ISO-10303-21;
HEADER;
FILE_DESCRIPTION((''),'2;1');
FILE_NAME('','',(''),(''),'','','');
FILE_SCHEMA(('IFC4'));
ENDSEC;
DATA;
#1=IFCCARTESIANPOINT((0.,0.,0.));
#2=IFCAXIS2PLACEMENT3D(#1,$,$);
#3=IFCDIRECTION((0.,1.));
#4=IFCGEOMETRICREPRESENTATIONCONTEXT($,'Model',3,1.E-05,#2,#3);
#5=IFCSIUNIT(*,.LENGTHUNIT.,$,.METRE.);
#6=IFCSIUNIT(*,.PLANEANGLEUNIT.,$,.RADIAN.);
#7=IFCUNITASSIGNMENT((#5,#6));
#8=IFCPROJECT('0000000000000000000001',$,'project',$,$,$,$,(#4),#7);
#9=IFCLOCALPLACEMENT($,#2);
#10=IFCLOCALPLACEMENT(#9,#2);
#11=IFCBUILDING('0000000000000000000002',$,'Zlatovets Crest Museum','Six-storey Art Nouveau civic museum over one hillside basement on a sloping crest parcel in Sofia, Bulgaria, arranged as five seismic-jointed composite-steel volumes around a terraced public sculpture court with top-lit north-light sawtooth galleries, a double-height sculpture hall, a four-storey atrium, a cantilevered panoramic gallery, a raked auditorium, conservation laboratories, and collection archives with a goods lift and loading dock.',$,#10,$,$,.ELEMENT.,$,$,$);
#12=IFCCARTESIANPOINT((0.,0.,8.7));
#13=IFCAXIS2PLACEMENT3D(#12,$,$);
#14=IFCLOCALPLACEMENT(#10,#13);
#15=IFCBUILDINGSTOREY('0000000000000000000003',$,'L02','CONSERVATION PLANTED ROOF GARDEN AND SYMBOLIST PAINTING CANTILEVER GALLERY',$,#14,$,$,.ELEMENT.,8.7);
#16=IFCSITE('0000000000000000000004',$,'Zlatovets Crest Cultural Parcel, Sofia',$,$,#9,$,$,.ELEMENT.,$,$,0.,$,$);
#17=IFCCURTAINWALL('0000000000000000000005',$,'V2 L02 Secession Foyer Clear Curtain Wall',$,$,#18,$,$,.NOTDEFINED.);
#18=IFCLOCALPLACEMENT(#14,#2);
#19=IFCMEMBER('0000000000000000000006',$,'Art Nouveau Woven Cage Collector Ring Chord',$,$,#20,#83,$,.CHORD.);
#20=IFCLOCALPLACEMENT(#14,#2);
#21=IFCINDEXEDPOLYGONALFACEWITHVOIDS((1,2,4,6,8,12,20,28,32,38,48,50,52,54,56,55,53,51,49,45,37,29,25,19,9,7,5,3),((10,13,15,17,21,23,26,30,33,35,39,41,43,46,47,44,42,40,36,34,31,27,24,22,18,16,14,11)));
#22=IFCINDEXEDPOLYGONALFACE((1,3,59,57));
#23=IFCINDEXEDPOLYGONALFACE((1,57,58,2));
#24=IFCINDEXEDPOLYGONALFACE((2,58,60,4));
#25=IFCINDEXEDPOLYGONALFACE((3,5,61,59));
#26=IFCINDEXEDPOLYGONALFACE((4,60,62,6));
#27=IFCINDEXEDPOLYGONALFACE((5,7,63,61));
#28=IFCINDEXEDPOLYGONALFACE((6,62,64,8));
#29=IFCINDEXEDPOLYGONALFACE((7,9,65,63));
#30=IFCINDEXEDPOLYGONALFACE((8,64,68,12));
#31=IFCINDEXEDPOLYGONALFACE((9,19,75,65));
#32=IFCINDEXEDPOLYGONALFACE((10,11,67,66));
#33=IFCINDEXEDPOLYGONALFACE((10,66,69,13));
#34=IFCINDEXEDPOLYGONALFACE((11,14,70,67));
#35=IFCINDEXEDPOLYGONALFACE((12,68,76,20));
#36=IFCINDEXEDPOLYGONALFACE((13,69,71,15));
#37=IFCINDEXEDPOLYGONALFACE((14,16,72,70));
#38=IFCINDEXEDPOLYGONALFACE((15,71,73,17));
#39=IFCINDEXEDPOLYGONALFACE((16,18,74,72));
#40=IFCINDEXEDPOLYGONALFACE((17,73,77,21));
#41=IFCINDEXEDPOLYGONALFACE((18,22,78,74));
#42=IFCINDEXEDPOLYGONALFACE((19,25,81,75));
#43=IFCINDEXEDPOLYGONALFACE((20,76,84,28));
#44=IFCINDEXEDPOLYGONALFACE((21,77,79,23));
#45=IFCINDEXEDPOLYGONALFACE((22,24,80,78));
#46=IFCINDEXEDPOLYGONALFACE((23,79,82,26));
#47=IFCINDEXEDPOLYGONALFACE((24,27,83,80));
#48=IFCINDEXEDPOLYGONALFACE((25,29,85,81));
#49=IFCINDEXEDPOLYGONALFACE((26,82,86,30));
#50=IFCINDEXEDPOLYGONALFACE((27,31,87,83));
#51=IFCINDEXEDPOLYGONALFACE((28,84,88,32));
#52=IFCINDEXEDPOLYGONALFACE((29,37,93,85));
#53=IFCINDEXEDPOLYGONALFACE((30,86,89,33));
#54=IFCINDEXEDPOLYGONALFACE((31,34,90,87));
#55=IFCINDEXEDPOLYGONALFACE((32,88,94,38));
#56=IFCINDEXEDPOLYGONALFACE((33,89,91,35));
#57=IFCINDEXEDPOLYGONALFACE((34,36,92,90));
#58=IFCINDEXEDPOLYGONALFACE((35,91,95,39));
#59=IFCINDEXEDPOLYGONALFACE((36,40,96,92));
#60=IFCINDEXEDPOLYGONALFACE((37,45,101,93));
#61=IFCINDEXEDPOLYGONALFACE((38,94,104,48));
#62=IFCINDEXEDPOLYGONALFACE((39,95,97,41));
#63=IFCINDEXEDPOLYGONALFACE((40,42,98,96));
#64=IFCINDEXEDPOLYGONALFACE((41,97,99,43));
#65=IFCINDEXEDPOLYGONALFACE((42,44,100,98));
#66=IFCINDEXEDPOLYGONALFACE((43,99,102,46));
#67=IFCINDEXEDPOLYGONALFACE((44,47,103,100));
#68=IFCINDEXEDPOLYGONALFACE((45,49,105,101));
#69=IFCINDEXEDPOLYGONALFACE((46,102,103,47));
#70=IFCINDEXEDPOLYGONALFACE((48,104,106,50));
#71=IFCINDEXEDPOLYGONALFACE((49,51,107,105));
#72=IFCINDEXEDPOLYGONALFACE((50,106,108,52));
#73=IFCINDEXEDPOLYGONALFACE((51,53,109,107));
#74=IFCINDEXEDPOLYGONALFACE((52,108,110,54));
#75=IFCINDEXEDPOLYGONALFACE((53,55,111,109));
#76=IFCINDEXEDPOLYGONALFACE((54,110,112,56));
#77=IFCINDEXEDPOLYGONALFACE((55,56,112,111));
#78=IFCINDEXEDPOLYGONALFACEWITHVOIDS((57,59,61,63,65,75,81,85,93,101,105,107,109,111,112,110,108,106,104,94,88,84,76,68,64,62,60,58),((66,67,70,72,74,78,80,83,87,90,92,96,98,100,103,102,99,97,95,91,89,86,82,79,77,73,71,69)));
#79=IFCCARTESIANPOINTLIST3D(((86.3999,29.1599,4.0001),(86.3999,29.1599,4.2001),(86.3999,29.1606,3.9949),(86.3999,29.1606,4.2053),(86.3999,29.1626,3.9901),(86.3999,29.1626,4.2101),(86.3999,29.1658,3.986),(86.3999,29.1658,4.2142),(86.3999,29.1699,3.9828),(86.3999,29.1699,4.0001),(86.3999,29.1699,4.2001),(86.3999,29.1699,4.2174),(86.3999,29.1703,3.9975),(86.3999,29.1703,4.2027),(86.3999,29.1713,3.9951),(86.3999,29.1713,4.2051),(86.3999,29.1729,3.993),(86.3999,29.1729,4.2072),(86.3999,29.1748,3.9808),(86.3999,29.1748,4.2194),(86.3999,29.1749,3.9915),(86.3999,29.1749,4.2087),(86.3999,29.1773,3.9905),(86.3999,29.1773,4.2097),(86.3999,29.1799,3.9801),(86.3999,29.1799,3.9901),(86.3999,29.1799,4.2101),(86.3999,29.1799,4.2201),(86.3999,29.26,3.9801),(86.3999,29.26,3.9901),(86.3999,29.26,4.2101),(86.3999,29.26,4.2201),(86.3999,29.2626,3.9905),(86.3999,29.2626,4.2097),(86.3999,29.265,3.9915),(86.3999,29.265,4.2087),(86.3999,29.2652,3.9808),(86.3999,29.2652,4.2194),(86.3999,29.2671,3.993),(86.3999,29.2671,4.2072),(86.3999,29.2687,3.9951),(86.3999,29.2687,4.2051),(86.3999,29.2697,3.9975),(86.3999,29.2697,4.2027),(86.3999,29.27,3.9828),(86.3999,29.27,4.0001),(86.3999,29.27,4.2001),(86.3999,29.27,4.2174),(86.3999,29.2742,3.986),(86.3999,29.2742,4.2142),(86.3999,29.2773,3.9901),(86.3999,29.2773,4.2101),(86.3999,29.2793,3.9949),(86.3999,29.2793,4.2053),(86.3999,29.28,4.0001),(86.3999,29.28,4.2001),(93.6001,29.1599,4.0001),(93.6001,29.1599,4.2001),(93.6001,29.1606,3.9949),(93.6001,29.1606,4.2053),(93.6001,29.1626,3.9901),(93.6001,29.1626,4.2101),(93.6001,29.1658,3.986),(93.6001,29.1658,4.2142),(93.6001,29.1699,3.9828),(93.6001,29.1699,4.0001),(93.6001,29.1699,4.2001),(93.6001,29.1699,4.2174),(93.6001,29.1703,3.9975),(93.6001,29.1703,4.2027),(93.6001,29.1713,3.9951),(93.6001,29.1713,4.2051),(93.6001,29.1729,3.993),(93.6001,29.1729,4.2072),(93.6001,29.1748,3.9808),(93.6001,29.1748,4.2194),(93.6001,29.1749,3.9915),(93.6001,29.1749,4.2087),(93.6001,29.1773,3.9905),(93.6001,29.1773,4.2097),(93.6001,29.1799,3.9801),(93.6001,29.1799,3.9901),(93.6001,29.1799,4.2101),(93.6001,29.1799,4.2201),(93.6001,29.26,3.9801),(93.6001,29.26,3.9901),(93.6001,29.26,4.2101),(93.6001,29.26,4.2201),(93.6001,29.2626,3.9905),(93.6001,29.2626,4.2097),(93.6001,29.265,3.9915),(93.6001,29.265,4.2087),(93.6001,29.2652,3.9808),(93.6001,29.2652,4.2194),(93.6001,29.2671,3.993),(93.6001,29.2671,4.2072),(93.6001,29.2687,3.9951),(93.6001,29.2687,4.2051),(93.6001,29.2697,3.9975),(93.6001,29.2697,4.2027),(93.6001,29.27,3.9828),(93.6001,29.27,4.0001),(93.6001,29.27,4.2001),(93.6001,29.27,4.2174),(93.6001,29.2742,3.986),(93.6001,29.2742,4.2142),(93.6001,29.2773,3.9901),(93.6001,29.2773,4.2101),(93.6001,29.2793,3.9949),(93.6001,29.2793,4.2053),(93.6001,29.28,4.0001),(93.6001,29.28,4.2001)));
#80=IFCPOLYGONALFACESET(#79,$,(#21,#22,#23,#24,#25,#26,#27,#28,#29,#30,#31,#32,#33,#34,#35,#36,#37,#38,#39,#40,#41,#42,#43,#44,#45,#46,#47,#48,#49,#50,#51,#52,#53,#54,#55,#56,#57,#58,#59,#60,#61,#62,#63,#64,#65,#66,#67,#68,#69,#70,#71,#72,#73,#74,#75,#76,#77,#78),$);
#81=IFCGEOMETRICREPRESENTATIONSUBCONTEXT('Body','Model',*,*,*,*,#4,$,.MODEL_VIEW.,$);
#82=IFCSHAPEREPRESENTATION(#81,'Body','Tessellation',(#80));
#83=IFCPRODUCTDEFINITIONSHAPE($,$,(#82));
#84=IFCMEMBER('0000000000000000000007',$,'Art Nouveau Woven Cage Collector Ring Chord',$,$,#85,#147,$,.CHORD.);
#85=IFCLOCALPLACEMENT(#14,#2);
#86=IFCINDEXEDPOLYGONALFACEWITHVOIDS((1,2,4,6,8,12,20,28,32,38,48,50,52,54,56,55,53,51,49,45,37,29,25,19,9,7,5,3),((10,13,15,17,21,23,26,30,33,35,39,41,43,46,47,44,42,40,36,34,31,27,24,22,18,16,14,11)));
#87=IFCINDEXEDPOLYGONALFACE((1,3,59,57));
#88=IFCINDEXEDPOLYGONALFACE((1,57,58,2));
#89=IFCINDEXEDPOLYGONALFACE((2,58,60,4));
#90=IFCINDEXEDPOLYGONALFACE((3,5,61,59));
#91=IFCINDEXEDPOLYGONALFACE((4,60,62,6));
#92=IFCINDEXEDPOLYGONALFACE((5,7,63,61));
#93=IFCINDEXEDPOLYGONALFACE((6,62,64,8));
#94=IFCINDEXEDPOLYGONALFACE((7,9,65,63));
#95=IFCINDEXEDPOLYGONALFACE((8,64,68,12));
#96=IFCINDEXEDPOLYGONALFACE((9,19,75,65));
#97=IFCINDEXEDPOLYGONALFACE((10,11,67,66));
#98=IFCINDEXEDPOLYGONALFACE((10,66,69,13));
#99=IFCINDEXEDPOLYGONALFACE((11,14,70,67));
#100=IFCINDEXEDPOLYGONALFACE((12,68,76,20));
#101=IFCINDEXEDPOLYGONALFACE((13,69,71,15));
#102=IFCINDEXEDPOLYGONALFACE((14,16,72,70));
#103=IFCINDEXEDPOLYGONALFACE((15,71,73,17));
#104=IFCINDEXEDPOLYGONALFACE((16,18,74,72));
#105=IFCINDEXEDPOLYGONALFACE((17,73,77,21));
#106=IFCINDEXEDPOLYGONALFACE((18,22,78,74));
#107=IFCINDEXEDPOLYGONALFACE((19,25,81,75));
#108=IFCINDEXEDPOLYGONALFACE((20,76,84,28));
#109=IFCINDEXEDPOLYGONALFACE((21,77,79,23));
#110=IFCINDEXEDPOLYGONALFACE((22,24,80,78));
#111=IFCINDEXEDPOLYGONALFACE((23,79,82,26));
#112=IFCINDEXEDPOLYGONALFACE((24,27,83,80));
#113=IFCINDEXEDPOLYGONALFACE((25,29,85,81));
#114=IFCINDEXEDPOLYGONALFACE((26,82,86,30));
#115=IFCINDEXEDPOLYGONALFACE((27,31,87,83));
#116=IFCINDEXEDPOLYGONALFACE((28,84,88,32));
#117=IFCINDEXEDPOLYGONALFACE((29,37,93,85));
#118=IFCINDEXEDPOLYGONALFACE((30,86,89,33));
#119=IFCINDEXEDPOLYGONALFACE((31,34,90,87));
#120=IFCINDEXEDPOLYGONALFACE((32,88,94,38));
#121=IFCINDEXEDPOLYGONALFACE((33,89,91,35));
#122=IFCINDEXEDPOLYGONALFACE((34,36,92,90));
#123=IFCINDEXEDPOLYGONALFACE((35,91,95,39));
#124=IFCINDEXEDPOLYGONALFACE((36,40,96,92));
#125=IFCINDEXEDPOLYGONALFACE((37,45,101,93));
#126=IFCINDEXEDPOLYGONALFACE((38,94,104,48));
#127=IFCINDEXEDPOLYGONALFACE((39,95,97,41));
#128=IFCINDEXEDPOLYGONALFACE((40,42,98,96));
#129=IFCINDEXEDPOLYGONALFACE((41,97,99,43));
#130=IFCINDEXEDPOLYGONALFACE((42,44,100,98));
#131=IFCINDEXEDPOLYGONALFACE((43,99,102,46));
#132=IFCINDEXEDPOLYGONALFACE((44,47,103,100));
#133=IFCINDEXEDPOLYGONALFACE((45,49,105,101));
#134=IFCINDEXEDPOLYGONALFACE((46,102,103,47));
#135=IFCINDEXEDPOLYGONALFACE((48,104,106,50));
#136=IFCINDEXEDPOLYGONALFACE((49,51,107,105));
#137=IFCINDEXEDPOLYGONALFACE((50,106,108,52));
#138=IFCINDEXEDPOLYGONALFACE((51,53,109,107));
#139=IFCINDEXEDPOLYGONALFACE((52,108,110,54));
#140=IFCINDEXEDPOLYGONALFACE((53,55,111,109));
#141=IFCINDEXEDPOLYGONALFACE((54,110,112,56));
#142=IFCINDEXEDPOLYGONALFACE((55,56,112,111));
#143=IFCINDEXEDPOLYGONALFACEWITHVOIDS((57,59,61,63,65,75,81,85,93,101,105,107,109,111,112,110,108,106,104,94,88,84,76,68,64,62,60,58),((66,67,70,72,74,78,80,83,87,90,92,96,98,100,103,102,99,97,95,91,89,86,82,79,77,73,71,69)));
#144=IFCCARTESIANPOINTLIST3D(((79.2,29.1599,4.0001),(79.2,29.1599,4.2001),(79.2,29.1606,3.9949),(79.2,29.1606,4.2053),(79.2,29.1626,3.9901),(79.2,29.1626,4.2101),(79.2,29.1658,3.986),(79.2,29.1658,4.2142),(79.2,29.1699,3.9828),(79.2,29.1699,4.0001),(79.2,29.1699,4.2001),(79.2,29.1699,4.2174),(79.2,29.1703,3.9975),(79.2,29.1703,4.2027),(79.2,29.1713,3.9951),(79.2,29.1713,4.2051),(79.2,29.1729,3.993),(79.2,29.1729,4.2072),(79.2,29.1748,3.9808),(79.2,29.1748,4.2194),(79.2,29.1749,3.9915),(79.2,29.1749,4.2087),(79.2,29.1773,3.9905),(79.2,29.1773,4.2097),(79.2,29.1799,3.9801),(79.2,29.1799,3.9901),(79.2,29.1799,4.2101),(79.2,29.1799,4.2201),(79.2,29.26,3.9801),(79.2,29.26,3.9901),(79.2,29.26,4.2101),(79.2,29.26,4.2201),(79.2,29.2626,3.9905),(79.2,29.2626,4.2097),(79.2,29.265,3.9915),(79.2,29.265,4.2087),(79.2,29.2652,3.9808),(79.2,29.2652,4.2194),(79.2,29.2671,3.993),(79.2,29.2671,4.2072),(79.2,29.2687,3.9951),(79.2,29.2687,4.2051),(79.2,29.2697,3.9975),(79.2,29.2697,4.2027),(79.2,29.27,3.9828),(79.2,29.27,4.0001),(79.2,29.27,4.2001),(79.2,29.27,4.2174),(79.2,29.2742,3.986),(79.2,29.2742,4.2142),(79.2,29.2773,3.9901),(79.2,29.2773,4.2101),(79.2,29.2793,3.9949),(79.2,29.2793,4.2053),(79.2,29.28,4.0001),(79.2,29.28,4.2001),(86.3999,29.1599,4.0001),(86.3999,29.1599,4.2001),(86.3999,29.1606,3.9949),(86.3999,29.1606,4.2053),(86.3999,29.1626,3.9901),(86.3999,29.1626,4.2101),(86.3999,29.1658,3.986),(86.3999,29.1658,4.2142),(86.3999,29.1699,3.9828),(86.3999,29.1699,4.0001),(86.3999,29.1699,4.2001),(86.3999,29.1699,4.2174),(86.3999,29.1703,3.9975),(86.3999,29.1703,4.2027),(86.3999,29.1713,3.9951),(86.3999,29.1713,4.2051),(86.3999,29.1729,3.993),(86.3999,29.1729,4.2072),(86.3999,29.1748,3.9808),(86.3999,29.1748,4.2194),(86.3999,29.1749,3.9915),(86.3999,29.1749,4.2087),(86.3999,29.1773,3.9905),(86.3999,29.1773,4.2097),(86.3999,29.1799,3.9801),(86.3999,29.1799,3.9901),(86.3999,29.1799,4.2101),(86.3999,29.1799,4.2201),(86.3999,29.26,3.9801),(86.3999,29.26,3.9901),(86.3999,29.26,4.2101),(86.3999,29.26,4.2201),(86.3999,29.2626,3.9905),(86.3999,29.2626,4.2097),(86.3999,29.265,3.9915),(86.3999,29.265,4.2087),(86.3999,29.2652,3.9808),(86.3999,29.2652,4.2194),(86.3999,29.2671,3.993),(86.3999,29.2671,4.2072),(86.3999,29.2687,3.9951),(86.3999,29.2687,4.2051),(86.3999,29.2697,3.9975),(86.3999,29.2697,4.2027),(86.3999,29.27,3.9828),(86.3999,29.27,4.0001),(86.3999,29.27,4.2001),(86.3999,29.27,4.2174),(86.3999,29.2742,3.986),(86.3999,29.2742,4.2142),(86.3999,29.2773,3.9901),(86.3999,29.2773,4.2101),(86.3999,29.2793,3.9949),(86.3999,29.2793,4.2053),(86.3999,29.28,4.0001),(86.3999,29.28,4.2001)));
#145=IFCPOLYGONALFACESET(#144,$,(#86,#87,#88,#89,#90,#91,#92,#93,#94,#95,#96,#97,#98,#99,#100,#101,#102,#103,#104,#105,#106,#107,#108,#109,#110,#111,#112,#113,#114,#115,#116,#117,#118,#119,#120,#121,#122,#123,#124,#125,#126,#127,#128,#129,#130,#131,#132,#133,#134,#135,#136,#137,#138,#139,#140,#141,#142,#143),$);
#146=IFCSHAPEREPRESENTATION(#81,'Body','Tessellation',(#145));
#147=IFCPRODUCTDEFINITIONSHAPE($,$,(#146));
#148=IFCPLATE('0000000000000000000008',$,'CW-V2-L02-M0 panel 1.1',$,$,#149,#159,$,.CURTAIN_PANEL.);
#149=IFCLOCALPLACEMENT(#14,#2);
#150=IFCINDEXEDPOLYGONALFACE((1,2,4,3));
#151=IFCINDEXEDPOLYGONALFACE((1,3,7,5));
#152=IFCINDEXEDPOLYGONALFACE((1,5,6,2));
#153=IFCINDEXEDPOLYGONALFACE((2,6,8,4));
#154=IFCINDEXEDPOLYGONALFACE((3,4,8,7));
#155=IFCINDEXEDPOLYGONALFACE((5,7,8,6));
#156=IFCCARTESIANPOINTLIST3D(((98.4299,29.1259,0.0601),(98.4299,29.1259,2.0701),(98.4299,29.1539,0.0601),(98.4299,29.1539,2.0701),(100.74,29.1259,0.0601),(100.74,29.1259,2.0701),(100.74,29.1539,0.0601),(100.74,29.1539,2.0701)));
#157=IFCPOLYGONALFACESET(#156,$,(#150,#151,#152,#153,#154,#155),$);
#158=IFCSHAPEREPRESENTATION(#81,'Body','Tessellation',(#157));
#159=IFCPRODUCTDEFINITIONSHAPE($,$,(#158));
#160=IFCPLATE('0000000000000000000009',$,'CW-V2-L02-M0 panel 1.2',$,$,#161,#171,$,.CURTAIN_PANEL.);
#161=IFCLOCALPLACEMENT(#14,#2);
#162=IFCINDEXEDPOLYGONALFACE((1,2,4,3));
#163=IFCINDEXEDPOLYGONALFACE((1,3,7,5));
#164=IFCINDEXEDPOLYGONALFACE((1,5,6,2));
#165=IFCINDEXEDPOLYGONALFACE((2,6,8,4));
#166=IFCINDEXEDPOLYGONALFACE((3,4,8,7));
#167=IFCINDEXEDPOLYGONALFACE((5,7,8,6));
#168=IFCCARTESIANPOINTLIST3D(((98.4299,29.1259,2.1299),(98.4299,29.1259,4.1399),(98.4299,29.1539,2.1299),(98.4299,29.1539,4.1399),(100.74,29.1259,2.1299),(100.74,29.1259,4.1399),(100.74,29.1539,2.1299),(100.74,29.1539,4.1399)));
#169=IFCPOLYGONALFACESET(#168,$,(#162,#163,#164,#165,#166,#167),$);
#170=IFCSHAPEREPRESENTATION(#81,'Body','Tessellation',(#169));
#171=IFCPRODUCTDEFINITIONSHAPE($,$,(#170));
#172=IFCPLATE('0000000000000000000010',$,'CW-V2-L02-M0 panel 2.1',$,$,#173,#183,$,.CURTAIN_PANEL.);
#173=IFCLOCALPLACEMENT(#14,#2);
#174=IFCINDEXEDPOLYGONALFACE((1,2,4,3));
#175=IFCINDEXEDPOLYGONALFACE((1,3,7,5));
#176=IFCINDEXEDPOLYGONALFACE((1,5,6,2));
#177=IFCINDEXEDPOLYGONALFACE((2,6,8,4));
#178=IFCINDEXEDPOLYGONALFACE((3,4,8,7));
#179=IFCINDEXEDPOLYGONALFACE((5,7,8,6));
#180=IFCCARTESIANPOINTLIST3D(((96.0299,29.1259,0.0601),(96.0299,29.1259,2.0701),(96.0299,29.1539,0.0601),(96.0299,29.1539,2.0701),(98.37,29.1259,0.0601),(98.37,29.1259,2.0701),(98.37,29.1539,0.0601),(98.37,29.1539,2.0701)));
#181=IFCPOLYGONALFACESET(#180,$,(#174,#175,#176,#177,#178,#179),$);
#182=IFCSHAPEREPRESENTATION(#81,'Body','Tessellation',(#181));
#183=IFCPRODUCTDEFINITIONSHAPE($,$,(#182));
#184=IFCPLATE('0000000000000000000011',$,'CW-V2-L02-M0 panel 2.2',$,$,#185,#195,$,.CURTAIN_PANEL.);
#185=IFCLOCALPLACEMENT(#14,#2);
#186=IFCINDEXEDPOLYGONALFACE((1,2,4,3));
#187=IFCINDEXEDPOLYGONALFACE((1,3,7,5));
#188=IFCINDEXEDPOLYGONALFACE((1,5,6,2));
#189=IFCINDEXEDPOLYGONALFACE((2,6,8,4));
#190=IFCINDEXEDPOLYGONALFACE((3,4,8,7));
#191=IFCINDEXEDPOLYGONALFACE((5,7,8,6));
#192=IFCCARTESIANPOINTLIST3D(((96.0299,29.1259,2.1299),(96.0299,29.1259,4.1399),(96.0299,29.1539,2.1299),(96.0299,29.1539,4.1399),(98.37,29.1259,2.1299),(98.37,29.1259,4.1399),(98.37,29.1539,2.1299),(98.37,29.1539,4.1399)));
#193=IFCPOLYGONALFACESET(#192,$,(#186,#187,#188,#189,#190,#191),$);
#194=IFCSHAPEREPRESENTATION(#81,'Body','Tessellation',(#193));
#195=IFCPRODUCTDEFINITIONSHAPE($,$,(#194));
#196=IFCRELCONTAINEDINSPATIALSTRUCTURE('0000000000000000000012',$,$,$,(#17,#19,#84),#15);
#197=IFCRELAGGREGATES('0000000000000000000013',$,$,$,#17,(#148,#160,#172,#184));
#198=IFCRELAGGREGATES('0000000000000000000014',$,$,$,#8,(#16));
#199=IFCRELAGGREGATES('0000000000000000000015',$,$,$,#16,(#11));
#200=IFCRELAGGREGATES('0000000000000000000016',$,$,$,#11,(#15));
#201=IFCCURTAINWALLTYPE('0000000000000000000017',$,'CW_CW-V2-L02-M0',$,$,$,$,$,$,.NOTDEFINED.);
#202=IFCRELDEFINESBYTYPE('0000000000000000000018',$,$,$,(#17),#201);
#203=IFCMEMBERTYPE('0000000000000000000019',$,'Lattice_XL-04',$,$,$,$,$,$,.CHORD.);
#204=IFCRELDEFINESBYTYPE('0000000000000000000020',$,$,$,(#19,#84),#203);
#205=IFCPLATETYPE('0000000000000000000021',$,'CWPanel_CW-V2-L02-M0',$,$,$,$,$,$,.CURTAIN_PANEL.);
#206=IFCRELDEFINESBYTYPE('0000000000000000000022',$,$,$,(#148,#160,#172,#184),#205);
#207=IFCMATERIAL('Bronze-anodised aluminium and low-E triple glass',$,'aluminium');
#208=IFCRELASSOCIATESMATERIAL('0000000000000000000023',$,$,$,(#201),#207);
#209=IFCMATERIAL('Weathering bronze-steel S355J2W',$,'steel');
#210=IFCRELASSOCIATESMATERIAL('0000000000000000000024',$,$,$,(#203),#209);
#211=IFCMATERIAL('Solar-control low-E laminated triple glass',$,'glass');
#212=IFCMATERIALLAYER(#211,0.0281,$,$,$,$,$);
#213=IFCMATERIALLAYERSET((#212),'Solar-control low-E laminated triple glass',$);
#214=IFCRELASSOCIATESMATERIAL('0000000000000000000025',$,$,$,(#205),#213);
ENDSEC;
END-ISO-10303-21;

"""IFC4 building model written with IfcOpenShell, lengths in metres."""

from ifc_helpers import new_model, si_unit, direction, frame, origin, origin_2d, place, context, subcontext, project, spatial, rectangle, hollow_rectangle, extrude, material, layer, layer_set, material_profile, profile_set, type_object, element, aggregate, save


model = new_model("IFC4")

# Units and contexts
model_context = context("Model", 3, precision=1e-05, world=origin(), true_north=direction((0.0, 1.0)))
body_context = subcontext(model_context, "Body", "Model", "MODEL_VIEW")
ifc_project = project(units=[si_unit("LENGTHUNIT", "METRE"), si_unit("PLANEANGLEUNIT", "RADIAN")], contexts=[model_context])

# Site, building, storey
site_placement = place(None, origin())
site = spatial("IfcSite", under=ifc_project, at=site_placement, Name="Zlatovets Crest Cultural Parcel, Sofia", CompositionType="ELEMENT", RefElevation=0.0)
building_placement = place(site_placement, origin())
building = spatial("IfcBuilding", under=site, at=building_placement, Name="Zlatovets Crest Museum", Description="Six-storey Art Nouveau civic museum over one hillside basement on a sloping crest parcel in Sofia, Bulgaria, arranged as five seismic-jointed composite-steel volumes around a terraced public sculpture court with top-lit north-light sawtooth galleries, a double-height sculpture hall, a four-storey atrium, a cantilevered panoramic gallery, a raked auditorium, conservation laboratories, and collection archives with a goods lift and loading dock.", CompositionType="ELEMENT")
storey_placement = place(building_placement, frame((0.0, 0.0, 8.7)))
storey = spatial("IfcBuildingStorey", under=building, at=storey_placement, Name="L02", Description="CONSERVATION PLANTED ROOF GARDEN AND SYMBOLIST PAINTING CANTILEVER GALLERY", CompositionType="ELEMENT", Elevation=8.7)

# Curtain wall
ifc_material_1 = material(Name="Bronze-anodised aluminium and low-E triple glass", Category="aluminium")
curtain_wall_type_1 = type_object("IfcCurtainWallType", Name="CW_CW-V2-L02-M0", PredefinedType="NOTDEFINED", material=ifc_material_1)
curtain_wall_1_placement = place(storey_placement, origin())
curtain_wall_1 = element("IfcCurtainWall", 1, at=curtain_wall_1_placement, inside=storey, type_object=curtain_wall_type_1, Name="V2 L02 Secession Foyer Clear Curtain Wall", PredefinedType="NOTDEFINED")

# Members
ifc_material_2 = material(Name="Weathering bronze-steel S355J2W", Category="steel")
ifc_material_profile_1 = material_profile(ifc_material_2, hollow_rectangle(XDim=0.1201, YDim=0.24, WallThickness=0.01, InnerFilletRadius=0.01, OuterFilletRadius=0.02, at=origin_2d()), Name="RHS 120x240x10.0")
ifc_profile_set_1 = profile_set([ifc_material_profile_1], Name="Weathering bronze-steel S355J2W")
member_type_1 = type_object("IfcMemberType", Name="Lattice_XL-04", PredefinedType="CHORD", material=ifc_profile_set_1)
member_1_placement = place(storey_placement, frame((93.6001, 29.22, 4.1001), z_axis=(-1.0, 0.0, 0.0), x_axis=(0.0, -1.0, 0.0)))
element("IfcMember", 2, at=member_1_placement, inside=storey, type_object=member_type_1, Name="Art Nouveau Woven Cage Collector Ring Chord", PredefinedType="CHORD", context=body_context, shape_type="SweptSolid", body=[
    extrude(hollow_rectangle(XDim=0.1201, YDim=0.24, WallThickness=0.01, InnerFilletRadius=0.01, OuterFilletRadius=0.02, at=origin_2d()), origin(), (0.0, 0.0, 1.0), 7.2002),
])
member_2_placement = place(storey_placement, frame((86.3999, 29.22, 4.1001), z_axis=(-1.0, 0.0, 0.0), x_axis=(0.0, -1.0, 0.0)))
element("IfcMember", 3, at=member_2_placement, inside=storey, type_object=member_type_1, Name="Art Nouveau Woven Cage Collector Ring Chord", PredefinedType="CHORD", context=body_context, shape_type="SweptSolid", body=[
    extrude(hollow_rectangle(XDim=0.1201, YDim=0.24, WallThickness=0.01, InnerFilletRadius=0.01, OuterFilletRadius=0.02, at=origin_2d()), origin(), (0.0, 0.0, 1.0), 7.2),
])

# Plates
ifc_material_3 = material(Name="Solar-control low-E laminated triple glass", Category="glass")
ifc_layer_1 = layer(ifc_material_3, 0.0281)
ifc_layer_set_1 = layer_set([ifc_layer_1], Name="Solar-control low-E laminated triple glass")
plate_type_1 = type_object("IfcPlateType", Name="CWPanel_CW-V2-L02-M0", PredefinedType="CURTAIN_PANEL", material=ifc_layer_set_1)
plate_1_placement = place(storey_placement, frame((99.585, 29.1399, 0.0601), z_axis=(0.0, 0.0, 1.0), x_axis=(-1.0, 0.0, 0.0)))
plate_1 = element("IfcPlate", 4, at=plate_1_placement, type_object=plate_type_1, Name="CW-V2-L02-M0 panel 1.1", PredefinedType="CURTAIN_PANEL", context=body_context, shape_type="SweptSolid", body=[
    extrude(rectangle(XDim=2.3101, YDim=0.0281, at=origin_2d()), origin(), (0.0, 0.0, 1.0), 2.01),
])
plate_2_placement = place(storey_placement, frame((99.585, 29.1399, 2.1299), z_axis=(0.0, 0.0, 1.0), x_axis=(-1.0, 0.0, 0.0)))
plate_2 = element("IfcPlate", 5, at=plate_2_placement, type_object=plate_type_1, Name="CW-V2-L02-M0 panel 1.2", PredefinedType="CURTAIN_PANEL", context=body_context, shape_type="SweptSolid", body=[
    extrude(rectangle(XDim=2.3101, YDim=0.0281, at=origin_2d()), origin(), (0.0, 0.0, 1.0), 2.01),
])
plate_3_placement = place(storey_placement, frame((97.2, 29.1399, 0.0601), z_axis=(0.0, 0.0, 1.0), x_axis=(-1.0, 0.0, 0.0)))
plate_3 = element("IfcPlate", 6, at=plate_3_placement, type_object=plate_type_1, Name="CW-V2-L02-M0 panel 2.1", PredefinedType="CURTAIN_PANEL", context=body_context, shape_type="SweptSolid", body=[
    extrude(rectangle(XDim=2.3401, YDim=0.0281, at=origin_2d()), origin(), (0.0, 0.0, 1.0), 2.01),
])
plate_4_placement = place(storey_placement, frame((97.2, 29.1399, 2.1299), z_axis=(0.0, 0.0, 1.0), x_axis=(-1.0, 0.0, 0.0)))
plate_4 = element("IfcPlate", 7, at=plate_4_placement, type_object=plate_type_1, Name="CW-V2-L02-M0 panel 2.2", PredefinedType="CURTAIN_PANEL", context=body_context, shape_type="SweptSolid", body=[
    extrude(rectangle(XDim=2.3401, YDim=0.0281, at=origin_2d()), origin(), (0.0, 0.0, 1.0), 2.01),
])
aggregate(curtain_wall_1, [plate_1, plate_2, plate_3, plate_4])

save(model, "model.ifc")
